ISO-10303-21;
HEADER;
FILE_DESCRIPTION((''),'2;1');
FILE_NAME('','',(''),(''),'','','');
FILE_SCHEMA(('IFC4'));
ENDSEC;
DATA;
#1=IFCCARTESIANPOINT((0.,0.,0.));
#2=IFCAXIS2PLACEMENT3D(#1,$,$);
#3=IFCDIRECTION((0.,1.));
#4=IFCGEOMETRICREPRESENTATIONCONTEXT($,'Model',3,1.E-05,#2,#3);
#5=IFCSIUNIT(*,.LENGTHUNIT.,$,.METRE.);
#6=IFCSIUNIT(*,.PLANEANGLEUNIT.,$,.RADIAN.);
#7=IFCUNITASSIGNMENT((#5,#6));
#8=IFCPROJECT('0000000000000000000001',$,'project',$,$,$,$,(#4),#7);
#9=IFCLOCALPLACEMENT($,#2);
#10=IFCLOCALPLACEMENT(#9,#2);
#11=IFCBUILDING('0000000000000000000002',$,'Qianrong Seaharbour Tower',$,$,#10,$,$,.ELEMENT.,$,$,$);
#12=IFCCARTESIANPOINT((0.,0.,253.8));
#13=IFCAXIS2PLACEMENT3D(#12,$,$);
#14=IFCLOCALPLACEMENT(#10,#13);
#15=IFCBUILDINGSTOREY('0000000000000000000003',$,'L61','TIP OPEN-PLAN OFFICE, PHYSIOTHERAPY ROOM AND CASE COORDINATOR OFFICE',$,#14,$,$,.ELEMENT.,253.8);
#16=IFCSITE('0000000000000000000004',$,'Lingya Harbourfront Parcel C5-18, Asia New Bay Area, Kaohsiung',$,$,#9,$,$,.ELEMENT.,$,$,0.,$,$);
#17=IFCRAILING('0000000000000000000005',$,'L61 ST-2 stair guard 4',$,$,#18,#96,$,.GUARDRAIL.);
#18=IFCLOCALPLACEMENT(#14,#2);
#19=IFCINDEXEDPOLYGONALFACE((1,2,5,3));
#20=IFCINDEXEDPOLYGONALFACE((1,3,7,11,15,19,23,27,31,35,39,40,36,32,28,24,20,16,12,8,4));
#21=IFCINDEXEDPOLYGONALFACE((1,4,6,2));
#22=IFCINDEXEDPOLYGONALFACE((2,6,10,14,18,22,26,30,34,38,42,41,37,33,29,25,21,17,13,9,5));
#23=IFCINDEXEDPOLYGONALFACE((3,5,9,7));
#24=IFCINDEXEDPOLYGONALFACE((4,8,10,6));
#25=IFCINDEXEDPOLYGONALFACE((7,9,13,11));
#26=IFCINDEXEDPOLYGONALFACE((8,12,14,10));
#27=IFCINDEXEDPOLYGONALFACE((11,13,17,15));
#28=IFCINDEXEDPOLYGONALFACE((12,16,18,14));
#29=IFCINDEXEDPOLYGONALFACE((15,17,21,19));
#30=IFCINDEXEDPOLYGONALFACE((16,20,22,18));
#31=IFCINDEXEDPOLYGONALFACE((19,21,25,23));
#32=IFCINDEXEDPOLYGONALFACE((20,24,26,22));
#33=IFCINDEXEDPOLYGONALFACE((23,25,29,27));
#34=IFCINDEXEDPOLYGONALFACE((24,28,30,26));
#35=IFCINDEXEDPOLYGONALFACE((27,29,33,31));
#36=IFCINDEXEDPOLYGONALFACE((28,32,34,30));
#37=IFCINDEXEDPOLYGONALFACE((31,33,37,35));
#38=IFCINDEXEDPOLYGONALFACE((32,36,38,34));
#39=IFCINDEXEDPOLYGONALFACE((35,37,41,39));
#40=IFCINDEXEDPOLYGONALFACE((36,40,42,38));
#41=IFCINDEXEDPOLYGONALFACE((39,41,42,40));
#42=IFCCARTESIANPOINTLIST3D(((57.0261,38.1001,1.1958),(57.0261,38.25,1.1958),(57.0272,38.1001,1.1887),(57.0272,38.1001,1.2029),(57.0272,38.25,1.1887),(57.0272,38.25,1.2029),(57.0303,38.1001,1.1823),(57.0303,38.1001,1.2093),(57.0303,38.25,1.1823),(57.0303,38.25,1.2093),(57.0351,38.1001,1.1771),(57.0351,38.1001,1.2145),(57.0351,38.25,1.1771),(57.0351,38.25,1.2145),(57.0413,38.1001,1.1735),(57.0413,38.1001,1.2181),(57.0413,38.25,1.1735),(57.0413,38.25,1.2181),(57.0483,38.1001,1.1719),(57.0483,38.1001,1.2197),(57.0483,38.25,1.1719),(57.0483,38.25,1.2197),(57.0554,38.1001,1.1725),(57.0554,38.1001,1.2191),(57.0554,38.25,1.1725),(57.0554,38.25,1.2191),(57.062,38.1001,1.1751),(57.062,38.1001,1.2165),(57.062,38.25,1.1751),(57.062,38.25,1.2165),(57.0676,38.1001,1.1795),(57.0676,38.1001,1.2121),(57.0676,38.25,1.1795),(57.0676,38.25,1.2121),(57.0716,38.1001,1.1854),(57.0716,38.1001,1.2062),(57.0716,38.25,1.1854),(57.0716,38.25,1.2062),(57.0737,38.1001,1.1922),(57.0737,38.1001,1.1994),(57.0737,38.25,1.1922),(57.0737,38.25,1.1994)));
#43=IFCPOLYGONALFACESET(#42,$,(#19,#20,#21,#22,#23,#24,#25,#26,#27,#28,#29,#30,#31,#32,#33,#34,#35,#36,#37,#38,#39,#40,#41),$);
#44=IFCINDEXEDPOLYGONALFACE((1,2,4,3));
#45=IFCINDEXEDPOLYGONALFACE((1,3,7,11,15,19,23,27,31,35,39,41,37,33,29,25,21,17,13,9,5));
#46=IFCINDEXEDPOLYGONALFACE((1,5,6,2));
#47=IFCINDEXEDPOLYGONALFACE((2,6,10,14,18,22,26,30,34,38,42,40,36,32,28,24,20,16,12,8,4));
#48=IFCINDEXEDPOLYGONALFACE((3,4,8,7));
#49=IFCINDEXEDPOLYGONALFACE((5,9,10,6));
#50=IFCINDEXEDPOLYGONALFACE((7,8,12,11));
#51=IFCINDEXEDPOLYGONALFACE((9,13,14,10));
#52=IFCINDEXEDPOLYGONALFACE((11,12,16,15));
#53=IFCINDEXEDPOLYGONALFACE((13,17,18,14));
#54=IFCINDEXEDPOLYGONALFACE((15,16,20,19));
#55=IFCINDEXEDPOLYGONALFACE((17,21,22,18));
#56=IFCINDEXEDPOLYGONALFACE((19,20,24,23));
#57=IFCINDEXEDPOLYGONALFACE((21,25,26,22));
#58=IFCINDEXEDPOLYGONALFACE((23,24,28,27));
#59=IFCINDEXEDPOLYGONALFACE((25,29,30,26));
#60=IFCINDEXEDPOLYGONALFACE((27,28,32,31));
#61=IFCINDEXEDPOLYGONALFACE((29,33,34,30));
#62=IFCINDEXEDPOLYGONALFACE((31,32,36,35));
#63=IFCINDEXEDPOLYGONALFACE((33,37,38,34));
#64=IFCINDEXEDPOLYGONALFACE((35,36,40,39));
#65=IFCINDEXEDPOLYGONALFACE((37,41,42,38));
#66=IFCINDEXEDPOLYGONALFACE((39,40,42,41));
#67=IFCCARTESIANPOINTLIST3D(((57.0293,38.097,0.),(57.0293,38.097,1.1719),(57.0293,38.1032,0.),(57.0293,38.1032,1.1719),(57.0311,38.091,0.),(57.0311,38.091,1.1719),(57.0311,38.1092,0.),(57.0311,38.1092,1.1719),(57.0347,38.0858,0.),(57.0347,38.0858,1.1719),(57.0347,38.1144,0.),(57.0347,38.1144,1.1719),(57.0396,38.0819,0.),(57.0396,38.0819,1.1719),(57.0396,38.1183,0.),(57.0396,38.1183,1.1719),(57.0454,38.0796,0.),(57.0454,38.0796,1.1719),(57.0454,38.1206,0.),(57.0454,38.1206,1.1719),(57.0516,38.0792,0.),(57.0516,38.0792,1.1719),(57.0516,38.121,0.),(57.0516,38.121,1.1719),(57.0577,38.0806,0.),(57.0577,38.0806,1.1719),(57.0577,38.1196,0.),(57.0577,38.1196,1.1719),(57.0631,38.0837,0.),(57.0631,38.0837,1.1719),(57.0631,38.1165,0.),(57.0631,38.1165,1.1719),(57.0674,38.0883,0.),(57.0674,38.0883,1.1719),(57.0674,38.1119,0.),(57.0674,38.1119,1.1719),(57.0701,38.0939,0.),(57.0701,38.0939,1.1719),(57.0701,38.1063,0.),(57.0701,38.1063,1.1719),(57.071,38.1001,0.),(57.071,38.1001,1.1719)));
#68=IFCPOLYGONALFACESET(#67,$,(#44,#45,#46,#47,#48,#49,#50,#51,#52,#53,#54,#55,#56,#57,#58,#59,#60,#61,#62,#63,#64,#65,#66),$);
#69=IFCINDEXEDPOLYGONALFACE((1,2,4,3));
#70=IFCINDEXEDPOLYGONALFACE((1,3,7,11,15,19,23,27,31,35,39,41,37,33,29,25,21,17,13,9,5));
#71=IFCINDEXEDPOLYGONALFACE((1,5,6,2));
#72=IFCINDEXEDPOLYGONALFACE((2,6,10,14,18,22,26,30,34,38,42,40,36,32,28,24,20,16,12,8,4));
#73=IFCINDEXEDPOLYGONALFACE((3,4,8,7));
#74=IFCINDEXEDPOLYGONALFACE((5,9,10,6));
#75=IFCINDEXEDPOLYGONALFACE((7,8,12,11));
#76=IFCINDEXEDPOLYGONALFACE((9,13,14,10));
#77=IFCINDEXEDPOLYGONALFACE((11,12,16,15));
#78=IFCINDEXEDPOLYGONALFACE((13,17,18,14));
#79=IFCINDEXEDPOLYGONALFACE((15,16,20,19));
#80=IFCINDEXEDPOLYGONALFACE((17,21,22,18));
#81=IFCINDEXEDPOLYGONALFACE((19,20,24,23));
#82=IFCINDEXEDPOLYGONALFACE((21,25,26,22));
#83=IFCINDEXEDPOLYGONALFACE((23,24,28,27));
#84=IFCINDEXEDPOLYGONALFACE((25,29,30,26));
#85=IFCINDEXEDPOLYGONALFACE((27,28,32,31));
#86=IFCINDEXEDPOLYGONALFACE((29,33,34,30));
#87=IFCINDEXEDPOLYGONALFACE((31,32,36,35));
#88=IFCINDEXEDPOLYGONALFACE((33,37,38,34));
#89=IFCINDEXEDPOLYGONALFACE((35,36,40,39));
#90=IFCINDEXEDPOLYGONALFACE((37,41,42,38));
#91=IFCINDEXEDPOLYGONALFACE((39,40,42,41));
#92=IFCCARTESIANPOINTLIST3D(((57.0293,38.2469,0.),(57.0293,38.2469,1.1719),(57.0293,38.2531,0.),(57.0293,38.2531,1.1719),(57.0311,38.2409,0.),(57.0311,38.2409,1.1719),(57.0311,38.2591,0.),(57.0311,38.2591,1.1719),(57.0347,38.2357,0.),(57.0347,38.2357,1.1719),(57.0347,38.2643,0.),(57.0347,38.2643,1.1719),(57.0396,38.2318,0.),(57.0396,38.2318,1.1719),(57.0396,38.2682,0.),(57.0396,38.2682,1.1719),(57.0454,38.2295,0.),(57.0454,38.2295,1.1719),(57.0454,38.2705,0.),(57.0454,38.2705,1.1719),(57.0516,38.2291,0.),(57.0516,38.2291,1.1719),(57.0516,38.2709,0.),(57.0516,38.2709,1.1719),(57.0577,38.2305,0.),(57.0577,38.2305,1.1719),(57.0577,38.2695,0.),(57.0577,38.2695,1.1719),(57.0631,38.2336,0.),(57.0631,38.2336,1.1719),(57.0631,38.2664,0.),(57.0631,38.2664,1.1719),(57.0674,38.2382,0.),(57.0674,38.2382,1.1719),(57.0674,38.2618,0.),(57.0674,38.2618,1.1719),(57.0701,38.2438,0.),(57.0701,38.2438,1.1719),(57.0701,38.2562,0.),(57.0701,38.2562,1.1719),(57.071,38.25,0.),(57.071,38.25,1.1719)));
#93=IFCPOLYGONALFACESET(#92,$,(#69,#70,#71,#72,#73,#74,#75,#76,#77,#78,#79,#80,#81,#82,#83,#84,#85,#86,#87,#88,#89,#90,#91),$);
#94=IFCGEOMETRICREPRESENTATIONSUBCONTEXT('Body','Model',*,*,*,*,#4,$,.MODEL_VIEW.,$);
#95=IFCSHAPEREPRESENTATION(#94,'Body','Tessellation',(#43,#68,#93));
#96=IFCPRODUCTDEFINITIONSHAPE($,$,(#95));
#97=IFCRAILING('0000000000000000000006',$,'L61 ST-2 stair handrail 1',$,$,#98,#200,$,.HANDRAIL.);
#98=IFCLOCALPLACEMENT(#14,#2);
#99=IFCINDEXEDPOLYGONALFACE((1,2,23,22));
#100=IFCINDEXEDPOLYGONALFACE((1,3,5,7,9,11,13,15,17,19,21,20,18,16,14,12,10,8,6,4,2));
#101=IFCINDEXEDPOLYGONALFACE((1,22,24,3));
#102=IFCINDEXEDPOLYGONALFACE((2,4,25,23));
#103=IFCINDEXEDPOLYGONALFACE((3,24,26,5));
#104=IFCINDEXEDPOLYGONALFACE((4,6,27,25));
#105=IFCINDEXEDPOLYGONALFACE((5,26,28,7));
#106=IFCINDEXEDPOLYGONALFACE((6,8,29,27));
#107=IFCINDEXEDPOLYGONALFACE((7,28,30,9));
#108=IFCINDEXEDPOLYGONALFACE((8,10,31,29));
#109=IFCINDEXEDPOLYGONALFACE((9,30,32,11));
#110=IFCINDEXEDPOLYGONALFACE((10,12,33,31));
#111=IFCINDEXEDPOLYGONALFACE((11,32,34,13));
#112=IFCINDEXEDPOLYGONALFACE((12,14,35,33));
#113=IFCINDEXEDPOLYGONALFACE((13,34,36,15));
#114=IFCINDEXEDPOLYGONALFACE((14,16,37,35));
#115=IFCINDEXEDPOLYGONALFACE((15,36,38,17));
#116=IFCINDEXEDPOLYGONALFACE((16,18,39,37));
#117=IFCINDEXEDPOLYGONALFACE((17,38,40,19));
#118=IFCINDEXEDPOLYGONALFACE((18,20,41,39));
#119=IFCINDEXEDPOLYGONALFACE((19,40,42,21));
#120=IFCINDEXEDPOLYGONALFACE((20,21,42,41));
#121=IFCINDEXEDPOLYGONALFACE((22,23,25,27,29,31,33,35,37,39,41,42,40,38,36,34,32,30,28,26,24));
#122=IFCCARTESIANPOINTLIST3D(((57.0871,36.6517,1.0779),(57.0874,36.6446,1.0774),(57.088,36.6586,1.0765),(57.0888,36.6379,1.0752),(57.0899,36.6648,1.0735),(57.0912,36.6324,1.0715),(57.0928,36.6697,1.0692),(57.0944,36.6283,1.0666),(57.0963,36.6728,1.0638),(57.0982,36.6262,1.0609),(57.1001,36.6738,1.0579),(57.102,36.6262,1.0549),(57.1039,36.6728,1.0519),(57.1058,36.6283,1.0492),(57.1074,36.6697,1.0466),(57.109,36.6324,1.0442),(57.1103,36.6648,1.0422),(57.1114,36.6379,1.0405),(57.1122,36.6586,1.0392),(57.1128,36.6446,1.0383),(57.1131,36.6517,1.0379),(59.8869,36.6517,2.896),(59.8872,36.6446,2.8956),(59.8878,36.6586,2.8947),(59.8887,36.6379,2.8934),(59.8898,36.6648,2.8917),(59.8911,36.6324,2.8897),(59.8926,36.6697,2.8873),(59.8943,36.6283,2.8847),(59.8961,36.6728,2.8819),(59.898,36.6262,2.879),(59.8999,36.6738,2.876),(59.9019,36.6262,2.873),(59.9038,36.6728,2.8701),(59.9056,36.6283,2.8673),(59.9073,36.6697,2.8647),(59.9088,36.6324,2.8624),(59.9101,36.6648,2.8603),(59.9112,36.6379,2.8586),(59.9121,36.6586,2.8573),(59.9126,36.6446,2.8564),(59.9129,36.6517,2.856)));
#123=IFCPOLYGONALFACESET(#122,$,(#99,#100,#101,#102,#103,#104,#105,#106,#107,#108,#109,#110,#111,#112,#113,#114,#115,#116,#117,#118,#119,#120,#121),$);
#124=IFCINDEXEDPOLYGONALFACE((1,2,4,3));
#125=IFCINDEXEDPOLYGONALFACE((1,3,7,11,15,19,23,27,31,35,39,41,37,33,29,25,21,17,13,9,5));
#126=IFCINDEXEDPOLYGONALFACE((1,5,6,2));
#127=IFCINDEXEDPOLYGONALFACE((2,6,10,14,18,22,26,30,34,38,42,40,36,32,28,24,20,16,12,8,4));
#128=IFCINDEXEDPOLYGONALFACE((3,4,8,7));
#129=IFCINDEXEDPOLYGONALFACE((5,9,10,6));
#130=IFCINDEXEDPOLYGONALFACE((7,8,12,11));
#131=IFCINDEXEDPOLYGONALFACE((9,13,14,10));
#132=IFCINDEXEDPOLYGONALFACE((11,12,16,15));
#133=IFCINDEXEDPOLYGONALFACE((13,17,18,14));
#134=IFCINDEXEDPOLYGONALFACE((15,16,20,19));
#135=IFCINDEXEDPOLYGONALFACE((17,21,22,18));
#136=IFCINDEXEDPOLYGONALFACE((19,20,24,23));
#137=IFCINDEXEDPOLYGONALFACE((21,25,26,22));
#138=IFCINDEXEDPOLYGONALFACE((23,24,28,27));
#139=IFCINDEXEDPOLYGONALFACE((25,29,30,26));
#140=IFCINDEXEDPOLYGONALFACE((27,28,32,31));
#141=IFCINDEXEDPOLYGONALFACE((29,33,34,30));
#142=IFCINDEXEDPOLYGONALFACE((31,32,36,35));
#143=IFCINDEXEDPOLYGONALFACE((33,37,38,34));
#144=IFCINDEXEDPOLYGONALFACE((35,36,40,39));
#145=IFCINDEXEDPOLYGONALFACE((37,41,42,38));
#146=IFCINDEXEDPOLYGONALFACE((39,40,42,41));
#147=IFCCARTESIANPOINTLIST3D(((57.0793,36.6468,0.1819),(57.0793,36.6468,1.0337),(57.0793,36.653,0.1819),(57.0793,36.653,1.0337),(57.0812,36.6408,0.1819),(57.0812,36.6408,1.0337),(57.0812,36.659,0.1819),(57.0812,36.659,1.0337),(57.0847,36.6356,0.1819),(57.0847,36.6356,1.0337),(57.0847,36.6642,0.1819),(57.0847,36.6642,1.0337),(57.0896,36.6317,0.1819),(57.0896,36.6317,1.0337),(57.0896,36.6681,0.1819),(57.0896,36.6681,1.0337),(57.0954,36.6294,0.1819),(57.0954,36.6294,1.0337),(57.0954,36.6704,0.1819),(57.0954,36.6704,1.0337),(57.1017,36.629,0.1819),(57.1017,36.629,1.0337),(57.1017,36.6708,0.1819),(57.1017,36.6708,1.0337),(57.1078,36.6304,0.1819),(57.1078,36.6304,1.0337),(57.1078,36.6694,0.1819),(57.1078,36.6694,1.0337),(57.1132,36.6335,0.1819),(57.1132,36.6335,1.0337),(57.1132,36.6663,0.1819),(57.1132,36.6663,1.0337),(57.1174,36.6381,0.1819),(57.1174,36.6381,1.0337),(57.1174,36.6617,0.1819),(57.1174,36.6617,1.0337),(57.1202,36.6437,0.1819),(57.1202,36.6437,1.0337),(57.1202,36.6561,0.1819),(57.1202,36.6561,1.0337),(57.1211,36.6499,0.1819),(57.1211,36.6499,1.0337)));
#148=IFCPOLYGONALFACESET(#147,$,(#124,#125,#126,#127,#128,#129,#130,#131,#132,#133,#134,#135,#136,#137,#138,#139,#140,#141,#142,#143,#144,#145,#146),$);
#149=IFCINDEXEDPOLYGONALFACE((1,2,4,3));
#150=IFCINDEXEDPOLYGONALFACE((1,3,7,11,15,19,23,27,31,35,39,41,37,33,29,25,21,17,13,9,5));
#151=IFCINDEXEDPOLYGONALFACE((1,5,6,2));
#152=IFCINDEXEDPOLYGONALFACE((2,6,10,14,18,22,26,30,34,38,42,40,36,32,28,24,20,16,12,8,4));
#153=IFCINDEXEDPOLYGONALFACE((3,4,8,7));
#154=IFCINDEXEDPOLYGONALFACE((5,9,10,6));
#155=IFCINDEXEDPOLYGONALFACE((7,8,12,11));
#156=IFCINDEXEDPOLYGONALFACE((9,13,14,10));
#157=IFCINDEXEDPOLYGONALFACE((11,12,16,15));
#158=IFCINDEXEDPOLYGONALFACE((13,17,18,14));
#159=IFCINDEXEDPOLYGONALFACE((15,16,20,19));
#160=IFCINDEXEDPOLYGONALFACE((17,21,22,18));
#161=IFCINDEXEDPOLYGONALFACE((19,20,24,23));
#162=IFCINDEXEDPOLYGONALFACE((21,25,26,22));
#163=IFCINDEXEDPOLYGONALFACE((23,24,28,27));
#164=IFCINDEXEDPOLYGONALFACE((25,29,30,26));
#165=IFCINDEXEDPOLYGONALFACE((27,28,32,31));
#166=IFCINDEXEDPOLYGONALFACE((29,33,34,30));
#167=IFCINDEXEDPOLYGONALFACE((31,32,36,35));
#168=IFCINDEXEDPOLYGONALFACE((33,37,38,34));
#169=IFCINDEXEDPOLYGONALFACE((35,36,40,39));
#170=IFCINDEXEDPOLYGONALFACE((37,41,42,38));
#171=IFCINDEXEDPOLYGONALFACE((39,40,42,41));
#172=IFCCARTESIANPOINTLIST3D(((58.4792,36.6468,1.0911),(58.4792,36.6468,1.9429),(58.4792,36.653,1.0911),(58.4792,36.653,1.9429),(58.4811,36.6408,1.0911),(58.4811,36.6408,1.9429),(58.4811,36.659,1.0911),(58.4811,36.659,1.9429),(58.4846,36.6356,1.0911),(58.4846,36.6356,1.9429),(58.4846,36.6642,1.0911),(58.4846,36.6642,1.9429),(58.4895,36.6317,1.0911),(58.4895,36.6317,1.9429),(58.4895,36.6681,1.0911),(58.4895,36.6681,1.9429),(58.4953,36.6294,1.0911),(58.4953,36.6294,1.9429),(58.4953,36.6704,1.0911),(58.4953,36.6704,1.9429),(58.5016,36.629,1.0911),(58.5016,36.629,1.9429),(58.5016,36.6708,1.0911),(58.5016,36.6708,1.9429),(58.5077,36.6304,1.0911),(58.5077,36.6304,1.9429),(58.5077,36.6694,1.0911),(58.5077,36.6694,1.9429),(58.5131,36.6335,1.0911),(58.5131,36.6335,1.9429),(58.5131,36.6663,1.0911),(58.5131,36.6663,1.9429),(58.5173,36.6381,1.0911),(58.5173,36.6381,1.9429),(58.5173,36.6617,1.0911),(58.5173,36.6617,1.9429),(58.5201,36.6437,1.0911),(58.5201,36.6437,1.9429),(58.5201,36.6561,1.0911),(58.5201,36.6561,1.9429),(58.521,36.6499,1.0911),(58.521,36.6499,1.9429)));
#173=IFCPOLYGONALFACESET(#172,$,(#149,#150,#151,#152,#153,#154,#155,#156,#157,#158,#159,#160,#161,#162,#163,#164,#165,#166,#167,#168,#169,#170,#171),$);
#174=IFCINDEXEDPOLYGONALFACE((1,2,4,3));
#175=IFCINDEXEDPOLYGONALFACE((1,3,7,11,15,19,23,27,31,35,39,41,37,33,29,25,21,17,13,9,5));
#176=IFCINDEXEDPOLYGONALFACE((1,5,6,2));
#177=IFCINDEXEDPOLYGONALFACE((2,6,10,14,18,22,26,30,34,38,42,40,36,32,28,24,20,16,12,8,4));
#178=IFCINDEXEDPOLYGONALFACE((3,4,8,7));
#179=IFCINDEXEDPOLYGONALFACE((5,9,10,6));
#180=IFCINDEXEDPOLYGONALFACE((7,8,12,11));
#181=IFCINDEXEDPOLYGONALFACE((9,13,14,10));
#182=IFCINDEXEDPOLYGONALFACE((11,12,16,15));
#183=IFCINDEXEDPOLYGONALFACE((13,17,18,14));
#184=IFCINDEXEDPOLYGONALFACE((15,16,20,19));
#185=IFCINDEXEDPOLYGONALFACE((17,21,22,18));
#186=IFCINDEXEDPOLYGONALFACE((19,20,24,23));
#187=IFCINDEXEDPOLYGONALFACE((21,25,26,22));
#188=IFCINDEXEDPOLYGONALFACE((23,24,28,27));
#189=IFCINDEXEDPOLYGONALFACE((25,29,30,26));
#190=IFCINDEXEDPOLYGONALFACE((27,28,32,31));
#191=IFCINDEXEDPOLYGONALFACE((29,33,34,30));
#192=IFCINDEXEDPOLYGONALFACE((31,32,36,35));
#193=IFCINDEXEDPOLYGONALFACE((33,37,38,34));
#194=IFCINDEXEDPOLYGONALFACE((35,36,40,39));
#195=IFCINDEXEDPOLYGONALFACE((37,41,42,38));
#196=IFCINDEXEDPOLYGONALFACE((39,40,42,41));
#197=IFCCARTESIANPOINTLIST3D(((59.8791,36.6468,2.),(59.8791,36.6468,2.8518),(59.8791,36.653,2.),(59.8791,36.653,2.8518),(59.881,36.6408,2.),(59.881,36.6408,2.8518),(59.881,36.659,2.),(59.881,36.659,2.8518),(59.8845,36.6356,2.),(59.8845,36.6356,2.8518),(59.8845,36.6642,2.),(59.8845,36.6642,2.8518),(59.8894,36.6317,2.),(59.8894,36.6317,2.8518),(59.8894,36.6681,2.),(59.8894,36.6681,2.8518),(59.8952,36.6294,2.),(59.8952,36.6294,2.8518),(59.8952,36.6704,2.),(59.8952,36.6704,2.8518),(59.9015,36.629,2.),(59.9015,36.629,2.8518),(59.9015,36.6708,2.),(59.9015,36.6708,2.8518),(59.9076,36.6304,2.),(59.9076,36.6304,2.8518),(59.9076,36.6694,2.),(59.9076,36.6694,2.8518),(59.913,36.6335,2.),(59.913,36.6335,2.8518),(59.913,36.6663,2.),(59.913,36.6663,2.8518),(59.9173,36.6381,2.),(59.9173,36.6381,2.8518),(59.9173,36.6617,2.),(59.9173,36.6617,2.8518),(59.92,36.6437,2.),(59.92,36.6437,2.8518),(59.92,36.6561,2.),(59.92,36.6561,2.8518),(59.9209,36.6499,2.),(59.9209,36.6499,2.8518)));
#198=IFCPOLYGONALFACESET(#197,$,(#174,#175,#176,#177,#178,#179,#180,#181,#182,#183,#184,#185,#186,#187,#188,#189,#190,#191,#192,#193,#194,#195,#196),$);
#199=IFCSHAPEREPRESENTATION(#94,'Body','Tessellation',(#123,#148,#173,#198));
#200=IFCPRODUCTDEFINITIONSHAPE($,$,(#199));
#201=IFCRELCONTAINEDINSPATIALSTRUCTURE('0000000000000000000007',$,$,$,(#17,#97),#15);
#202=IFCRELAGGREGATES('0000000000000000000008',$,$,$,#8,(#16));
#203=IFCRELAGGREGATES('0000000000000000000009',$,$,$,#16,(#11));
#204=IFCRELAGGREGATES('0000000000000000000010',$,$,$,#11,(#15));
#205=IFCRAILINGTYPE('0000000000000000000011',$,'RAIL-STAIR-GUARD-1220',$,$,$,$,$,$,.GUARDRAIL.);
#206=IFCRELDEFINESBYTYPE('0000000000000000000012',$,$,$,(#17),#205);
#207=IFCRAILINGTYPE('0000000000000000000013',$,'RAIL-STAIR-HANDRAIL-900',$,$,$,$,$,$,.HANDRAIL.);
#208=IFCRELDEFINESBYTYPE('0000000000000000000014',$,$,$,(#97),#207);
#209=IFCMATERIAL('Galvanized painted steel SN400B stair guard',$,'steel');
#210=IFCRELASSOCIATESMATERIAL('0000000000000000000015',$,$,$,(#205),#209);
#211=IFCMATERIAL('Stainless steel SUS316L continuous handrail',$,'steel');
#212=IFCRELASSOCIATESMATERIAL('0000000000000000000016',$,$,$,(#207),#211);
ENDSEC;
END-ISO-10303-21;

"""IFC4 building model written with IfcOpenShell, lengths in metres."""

from ifc_helpers import new_model, si_unit, direction, frame, origin, origin_2d, place, context, subcontext, project, spatial, circle, extrude, material, type_object, element, save


model = new_model("IFC4")

# Units and contexts
model_context = context("Model", 3, precision=1e-05, world=origin(), true_north=direction((0.0, 1.0)))
body_context = subcontext(model_context, "Body", "Model", "MODEL_VIEW")
ifc_project = project(units=[si_unit("LENGTHUNIT", "METRE"), si_unit("PLANEANGLEUNIT", "RADIAN")], contexts=[model_context])

# Site, building, storey
site_placement = place(None, origin())
site = spatial("IfcSite", under=ifc_project, at=site_placement, Name="Lingya Harbourfront Parcel C5-18, Asia New Bay Area, Kaohsiung", CompositionType="ELEMENT", RefElevation=0.0)
building_placement = place(site_placement, origin())
building = spatial("IfcBuilding", under=site, at=building_placement, Name="Qianrong Seaharbour Tower", CompositionType="ELEMENT")
storey_placement = place(building_placement, frame((0.0, 0.0, 253.8)))
storey = spatial("IfcBuildingStorey", under=building, at=storey_placement, Name="L61", Description="TIP OPEN-PLAN OFFICE, PHYSIOTHERAPY ROOM AND CASE COORDINATOR OFFICE", CompositionType="ELEMENT", Elevation=253.8)

# Railings
ifc_material_1 = material(Name="Galvanized painted steel SN400B stair guard", Category="steel")
railing_type_1 = type_object("IfcRailingType", Name="RAIL-STAIR-GUARD-1220", PredefinedType="GUARDRAIL", material=ifc_material_1)
railing_1_placement = place(storey_placement, frame((57.05, 38.1001, 0.0)))
element("IfcRailing", 1, at=railing_1_placement, inside=storey, type_object=railing_type_1, Name="L61 ST-2 stair guard 4", PredefinedType="GUARDRAIL", context=body_context, shape_type="SweptSolid", body=[
    extrude(circle(Radius=0.0239, at=origin_2d()), frame((0.0, 0.0, 1.1958), z_axis=(0.0, 1.0, 0.0), x_axis=(-1.0, 0.0, 0.0)), (0.0, 0.0, 1.0), 0.1499),
    extrude(circle(Radius=0.021, at=origin_2d()), origin(), (0.0, 0.0, 1.0), 1.1719),
    extrude(circle(Radius=0.021, at=origin_2d()), frame((0.0, 0.1499, 0.0)), (0.0, 0.0, 1.0), 1.1719),
])
ifc_material_2 = material(Name="Stainless steel SUS316L continuous handrail", Category="steel")
railing_type_2 = type_object("IfcRailingType", Name="RAIL-STAIR-HANDRAIL-900", PredefinedType="HANDRAIL", material=ifc_material_2)
railing_2_placement = place(storey_placement, frame((57.1001, 36.6499, 0.1819)))
element("IfcRailing", 2, at=railing_2_placement, inside=storey, type_object=railing_type_2, Name="L61 ST-2 stair handrail 1", PredefinedType="HANDRAIL", context=body_context, shape_type="SweptSolid", body=[
    extrude(circle(Radius=0.0239, at=origin_2d()), frame((0.0, 0.0, 0.876), z_axis=(0.838684, 0.0, 0.544618), x_axis=(0.0, 1.0, 0.0)), (0.0, 0.0, 1.0), 3.3384),
    extrude(circle(Radius=0.021, at=origin_2d()), origin(), (0.0, 0.0, 1.0), 0.8518),
    extrude(circle(Radius=0.021, at=origin_2d()), frame((1.3999, 0.0, 0.9092)), (0.0, 0.0, 1.0), 0.8518),
    extrude(circle(Radius=0.021, at=origin_2d()), frame((2.7998, 0.0, 1.8181)), (0.0, 0.0, 1.0), 0.8518),
])

save(model, "model.ifc")
